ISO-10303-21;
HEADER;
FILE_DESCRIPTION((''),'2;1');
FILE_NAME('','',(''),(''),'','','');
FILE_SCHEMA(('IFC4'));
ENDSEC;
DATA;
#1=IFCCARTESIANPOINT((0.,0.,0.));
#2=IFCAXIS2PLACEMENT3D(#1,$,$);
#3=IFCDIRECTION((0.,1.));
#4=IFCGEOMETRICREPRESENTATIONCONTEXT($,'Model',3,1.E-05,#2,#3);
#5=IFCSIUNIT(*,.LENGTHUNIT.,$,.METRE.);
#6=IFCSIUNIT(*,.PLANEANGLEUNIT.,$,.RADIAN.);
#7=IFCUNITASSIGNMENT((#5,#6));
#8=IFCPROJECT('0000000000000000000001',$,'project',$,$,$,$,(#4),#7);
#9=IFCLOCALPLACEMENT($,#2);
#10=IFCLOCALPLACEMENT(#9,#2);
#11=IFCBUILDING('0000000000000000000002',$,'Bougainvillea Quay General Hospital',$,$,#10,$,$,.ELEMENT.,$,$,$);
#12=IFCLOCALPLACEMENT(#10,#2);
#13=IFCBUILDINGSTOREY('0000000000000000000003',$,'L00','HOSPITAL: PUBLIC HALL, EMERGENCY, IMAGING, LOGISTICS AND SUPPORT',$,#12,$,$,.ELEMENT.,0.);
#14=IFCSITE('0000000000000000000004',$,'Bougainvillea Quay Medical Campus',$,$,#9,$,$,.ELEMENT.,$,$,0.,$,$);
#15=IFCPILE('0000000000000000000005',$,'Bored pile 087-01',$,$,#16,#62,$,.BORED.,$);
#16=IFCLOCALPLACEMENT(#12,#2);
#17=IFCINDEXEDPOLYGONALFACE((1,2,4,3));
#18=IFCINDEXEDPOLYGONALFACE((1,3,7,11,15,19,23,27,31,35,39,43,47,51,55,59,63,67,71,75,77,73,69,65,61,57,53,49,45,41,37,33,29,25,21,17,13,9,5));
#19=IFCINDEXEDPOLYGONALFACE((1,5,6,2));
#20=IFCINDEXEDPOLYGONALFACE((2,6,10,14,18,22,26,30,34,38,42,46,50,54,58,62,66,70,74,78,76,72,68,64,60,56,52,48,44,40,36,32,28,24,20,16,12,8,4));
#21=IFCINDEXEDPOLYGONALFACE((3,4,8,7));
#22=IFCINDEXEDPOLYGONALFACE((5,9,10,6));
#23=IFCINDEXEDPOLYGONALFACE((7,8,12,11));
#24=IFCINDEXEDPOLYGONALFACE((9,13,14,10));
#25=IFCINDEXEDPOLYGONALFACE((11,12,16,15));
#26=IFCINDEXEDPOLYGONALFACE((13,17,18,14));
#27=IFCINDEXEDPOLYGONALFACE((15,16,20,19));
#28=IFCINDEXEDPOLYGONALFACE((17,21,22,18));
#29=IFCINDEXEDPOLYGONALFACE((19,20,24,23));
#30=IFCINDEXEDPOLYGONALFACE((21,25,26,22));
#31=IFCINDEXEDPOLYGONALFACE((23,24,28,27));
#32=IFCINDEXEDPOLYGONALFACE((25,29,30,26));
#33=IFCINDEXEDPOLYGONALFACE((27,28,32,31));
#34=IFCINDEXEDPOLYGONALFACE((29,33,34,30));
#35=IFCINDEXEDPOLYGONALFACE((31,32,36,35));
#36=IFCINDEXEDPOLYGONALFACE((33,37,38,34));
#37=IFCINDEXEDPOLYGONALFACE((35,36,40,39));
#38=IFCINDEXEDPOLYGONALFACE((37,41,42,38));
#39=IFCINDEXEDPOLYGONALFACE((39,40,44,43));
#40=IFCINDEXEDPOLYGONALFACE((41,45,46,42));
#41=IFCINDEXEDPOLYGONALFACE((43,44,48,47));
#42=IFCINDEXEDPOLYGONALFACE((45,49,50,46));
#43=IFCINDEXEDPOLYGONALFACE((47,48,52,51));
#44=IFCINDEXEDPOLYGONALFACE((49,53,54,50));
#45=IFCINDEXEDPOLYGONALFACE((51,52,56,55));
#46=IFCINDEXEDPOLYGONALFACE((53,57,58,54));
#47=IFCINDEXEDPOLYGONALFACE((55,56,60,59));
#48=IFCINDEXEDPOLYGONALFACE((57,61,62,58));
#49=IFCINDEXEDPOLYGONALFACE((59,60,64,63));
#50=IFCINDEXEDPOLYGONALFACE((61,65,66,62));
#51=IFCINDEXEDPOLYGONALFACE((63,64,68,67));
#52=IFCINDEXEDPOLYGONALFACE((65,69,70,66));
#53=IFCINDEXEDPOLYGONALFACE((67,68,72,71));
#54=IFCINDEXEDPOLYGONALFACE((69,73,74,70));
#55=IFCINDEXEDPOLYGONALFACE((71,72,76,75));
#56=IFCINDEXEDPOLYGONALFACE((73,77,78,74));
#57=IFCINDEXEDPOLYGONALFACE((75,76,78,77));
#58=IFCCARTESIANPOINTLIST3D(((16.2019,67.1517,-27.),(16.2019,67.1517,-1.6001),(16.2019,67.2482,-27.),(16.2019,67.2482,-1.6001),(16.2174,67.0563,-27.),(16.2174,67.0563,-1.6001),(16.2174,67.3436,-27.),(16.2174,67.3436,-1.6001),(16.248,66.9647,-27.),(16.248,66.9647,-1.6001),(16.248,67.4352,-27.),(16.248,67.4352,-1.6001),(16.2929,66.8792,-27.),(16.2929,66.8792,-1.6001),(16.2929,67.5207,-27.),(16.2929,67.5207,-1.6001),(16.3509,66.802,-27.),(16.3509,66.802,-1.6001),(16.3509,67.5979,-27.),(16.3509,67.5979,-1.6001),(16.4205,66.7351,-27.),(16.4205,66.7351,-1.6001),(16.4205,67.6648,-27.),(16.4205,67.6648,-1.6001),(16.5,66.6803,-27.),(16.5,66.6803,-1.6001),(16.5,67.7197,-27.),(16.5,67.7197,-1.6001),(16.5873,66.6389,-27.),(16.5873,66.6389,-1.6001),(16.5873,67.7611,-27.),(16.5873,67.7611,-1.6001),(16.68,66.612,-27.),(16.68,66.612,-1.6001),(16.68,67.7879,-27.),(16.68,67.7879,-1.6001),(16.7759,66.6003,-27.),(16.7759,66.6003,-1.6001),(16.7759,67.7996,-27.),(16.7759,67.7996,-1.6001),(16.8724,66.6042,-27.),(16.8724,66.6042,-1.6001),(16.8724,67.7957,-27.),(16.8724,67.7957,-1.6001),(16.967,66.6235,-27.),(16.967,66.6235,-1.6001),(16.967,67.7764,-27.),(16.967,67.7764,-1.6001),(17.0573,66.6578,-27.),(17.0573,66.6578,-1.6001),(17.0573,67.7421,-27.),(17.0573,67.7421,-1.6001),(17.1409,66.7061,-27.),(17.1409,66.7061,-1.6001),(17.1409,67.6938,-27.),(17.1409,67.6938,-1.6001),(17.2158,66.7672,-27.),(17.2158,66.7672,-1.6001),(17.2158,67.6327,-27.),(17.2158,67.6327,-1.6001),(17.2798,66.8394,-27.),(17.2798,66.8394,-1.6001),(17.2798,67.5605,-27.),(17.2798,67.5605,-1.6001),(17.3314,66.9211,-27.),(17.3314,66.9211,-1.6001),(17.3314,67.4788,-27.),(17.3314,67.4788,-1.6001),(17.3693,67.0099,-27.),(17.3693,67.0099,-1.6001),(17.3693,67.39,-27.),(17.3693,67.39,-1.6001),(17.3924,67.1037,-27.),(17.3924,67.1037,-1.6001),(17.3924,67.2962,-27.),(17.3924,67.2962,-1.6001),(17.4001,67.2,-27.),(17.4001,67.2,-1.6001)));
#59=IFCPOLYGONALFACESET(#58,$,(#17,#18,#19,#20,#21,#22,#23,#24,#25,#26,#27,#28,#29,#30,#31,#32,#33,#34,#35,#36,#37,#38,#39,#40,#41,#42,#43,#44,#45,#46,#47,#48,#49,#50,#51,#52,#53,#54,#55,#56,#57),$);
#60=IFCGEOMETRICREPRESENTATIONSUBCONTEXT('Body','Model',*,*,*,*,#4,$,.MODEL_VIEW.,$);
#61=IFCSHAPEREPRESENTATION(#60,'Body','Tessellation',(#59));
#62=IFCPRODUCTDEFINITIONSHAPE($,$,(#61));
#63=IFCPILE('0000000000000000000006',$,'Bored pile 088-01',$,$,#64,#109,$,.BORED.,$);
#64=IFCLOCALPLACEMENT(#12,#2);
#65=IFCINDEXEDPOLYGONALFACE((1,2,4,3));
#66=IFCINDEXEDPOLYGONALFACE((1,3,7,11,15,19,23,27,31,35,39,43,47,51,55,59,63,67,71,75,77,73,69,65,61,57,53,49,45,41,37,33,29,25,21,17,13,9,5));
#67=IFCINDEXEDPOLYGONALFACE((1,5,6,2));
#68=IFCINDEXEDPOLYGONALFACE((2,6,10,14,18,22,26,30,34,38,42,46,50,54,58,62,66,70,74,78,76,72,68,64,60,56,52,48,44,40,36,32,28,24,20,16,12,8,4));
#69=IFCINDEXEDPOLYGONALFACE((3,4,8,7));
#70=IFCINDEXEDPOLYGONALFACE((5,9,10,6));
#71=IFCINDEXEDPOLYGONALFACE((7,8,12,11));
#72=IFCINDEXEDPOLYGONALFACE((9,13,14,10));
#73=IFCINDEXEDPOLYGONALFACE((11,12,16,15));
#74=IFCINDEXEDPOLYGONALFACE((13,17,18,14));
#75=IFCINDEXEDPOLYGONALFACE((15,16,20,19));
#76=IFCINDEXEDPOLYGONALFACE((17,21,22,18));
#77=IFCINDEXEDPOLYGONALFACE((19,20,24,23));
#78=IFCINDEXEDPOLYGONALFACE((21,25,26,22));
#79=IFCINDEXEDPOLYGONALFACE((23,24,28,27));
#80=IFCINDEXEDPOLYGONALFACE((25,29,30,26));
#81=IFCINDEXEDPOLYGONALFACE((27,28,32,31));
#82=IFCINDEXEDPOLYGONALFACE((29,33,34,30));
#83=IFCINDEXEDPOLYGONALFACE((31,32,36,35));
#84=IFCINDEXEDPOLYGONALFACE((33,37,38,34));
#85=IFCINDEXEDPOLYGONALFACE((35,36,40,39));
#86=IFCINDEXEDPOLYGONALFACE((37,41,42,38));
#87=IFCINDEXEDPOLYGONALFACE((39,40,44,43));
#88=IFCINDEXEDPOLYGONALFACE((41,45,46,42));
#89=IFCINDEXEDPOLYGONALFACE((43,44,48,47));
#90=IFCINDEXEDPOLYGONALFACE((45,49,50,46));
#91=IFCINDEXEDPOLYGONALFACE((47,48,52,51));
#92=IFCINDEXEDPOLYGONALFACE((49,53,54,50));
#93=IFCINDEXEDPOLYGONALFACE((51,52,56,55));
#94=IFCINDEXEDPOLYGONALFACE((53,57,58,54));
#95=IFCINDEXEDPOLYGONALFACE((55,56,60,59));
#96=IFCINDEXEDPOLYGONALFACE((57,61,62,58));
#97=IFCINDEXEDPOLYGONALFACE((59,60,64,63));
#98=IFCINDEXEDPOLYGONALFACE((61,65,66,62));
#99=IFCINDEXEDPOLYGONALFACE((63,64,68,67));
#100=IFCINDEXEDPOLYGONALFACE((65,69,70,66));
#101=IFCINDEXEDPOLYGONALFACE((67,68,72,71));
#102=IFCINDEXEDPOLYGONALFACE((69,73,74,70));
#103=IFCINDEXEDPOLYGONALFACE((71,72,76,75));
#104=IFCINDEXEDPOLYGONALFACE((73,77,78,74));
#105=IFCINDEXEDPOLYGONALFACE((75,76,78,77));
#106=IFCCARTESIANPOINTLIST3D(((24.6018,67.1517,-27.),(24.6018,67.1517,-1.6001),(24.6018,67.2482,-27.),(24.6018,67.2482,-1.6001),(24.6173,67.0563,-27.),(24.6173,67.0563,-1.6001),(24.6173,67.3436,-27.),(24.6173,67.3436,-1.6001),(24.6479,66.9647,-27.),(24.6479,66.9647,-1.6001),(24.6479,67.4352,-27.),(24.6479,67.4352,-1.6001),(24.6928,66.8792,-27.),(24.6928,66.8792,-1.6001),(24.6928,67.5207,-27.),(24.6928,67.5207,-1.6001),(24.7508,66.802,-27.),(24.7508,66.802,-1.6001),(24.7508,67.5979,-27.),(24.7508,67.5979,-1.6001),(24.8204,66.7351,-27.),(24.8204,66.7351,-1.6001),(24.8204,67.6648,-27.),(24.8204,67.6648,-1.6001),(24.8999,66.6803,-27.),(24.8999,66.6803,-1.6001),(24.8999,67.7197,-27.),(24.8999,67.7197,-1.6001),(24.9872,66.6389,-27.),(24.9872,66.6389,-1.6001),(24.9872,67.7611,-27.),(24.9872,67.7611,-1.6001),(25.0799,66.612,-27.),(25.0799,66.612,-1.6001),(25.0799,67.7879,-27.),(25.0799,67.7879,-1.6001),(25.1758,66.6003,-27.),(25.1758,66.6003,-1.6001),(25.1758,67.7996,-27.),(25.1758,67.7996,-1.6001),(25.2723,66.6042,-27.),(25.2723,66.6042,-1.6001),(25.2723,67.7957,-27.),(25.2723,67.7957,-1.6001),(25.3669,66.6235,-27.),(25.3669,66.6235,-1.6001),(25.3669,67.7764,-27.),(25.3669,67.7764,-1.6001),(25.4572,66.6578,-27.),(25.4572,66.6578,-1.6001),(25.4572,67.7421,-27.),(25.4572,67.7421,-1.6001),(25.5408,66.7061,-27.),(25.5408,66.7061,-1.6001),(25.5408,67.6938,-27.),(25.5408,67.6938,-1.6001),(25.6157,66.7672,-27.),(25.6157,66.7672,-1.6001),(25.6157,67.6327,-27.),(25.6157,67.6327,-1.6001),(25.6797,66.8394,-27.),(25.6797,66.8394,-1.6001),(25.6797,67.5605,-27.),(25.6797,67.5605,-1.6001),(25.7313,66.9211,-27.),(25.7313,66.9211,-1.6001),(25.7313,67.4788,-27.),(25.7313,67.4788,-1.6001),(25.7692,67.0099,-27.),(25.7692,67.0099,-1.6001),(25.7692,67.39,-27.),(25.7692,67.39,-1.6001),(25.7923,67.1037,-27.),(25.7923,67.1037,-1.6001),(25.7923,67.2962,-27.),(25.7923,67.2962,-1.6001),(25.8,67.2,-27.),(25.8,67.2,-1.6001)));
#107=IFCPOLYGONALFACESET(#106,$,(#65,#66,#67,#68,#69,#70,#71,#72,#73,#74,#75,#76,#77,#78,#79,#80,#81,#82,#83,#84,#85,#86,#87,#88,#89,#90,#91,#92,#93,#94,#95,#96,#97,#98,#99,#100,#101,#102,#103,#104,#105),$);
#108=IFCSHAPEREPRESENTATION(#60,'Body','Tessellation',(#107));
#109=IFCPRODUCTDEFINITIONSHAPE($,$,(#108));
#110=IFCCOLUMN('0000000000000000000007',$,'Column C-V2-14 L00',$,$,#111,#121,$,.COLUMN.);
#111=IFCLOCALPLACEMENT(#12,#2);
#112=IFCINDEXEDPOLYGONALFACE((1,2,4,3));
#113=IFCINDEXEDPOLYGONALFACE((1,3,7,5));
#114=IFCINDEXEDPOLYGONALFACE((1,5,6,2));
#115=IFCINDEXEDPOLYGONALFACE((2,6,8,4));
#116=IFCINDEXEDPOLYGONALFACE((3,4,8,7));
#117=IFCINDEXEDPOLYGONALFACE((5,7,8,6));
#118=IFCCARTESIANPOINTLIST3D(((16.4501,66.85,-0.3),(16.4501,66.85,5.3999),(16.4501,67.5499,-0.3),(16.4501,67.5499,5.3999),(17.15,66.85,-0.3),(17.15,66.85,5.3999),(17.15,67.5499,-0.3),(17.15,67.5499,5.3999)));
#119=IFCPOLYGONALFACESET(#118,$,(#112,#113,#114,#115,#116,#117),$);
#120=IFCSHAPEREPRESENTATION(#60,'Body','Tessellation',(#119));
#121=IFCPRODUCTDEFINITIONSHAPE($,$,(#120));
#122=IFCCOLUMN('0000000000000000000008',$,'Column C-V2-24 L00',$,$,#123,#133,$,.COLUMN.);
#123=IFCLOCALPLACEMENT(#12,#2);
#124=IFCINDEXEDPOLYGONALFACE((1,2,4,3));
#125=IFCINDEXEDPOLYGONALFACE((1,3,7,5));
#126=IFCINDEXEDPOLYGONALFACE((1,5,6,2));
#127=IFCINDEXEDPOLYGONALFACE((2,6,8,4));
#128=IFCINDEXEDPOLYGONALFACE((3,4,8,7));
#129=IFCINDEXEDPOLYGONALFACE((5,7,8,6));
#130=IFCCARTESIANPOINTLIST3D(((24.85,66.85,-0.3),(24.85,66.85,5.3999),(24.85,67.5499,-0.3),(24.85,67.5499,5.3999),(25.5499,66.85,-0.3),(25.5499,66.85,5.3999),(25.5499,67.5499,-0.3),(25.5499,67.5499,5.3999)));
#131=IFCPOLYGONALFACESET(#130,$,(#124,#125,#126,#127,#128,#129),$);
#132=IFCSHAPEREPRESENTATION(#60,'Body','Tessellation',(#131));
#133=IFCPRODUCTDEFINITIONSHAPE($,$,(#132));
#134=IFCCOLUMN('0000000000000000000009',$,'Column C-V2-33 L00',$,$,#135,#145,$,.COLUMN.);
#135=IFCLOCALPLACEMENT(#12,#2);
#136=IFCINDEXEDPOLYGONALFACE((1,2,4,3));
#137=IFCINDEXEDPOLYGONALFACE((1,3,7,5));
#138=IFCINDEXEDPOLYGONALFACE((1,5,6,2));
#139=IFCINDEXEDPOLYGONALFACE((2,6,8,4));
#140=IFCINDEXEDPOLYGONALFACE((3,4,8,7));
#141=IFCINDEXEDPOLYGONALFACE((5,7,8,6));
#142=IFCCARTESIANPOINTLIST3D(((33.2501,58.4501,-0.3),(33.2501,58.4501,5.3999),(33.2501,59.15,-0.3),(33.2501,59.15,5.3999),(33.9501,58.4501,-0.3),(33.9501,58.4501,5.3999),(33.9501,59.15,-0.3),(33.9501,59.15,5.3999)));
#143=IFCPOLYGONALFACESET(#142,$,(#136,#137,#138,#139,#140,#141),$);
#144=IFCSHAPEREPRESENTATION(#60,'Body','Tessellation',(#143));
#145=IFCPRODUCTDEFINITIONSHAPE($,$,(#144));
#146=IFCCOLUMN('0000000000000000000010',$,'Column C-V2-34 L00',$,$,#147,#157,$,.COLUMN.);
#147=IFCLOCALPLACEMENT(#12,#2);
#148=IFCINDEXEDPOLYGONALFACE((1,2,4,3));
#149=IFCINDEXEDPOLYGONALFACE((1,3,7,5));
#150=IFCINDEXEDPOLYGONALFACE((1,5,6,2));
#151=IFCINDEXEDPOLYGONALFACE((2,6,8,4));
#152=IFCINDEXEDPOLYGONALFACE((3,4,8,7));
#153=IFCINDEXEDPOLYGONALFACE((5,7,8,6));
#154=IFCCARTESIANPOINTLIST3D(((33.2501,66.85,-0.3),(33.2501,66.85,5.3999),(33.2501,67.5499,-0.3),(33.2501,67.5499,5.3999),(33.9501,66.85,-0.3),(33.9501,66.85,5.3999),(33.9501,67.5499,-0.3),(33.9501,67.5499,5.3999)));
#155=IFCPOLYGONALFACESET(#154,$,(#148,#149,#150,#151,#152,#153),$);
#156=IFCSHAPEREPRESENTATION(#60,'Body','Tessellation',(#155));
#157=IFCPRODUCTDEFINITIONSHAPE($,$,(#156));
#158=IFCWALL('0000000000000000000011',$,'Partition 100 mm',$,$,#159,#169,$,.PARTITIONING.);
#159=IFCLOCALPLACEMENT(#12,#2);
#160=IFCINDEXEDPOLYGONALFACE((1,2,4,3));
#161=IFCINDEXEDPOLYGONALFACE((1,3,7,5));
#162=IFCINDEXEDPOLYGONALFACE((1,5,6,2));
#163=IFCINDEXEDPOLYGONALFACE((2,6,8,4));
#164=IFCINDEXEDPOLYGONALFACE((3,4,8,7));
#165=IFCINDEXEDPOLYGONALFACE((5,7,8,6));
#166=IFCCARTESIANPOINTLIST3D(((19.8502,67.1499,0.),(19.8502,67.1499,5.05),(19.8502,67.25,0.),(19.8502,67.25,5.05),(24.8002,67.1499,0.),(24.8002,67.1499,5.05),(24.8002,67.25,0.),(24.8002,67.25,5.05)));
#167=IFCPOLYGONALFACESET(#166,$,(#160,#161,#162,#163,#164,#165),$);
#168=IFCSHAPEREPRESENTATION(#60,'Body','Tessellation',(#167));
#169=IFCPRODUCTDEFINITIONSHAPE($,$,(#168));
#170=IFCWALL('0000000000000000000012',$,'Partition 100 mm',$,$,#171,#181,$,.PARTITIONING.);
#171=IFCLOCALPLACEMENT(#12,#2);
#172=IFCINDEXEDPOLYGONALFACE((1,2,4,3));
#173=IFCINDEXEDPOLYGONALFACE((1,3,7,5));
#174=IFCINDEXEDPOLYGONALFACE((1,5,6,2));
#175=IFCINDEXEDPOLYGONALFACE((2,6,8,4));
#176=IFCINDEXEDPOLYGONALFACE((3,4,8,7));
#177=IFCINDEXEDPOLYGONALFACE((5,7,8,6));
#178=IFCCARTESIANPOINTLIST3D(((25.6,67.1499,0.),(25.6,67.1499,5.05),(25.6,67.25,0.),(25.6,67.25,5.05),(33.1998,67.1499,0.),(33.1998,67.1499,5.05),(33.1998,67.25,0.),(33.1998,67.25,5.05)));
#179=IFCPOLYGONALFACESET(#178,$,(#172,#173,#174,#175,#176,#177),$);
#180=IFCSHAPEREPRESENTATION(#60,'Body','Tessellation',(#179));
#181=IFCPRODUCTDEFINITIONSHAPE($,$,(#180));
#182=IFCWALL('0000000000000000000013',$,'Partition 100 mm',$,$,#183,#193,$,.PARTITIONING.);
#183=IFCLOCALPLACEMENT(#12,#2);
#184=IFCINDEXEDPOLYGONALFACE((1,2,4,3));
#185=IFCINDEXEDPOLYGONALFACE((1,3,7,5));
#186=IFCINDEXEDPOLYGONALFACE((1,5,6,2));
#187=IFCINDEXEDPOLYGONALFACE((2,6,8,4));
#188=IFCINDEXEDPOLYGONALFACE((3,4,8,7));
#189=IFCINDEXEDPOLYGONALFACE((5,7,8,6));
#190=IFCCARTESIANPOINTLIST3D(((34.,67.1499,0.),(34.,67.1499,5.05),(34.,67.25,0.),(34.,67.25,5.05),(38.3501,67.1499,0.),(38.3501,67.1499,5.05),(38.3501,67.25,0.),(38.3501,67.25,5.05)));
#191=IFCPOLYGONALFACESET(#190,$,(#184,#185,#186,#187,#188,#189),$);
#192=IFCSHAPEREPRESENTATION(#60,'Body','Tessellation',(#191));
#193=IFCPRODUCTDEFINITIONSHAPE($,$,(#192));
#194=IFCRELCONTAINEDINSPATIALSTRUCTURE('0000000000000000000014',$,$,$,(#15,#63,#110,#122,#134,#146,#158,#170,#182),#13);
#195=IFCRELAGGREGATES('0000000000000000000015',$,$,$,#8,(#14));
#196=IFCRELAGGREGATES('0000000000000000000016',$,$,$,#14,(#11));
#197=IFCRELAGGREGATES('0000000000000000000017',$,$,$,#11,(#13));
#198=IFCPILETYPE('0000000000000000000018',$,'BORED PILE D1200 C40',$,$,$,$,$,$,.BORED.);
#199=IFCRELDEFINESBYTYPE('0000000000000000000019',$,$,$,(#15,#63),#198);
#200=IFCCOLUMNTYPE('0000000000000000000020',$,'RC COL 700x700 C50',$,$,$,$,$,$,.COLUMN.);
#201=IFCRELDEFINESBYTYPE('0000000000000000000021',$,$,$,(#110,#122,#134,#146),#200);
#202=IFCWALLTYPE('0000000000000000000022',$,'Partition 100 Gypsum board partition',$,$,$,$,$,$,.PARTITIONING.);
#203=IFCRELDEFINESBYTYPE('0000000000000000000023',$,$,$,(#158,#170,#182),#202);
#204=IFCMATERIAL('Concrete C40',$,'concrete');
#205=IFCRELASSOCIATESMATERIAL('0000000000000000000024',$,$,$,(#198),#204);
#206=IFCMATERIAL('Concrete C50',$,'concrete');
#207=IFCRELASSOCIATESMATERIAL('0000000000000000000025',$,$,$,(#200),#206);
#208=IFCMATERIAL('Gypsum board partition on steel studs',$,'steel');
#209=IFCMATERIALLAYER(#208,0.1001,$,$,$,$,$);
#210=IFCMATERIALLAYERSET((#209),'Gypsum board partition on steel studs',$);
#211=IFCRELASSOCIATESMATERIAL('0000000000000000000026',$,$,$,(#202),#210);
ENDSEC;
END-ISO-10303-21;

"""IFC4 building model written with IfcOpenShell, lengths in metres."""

from ifc_helpers import new_model, si_unit, direction, frame, frame_2d, origin, origin_2d, place, context, subcontext, project, spatial, rectangle, circle, extrude, material, layer, layer_set, material_profile, profile_set, type_object, element, save


model = new_model("IFC4")

# Units and contexts
model_context = context("Model", 3, precision=1e-05, world=origin(), true_north=direction((0.0, 1.0)))
body_context = subcontext(model_context, "Body", "Model", "MODEL_VIEW")
ifc_project = project(units=[si_unit("LENGTHUNIT", "METRE"), si_unit("PLANEANGLEUNIT", "RADIAN")], contexts=[model_context])

# Site, building, storey
site_placement = place(None, origin())
site = spatial("IfcSite", under=ifc_project, at=site_placement, Name="Bougainvillea Quay Medical Campus", CompositionType="ELEMENT", RefElevation=0.0)
building_placement = place(site_placement, origin())
building = spatial("IfcBuilding", under=site, at=building_placement, Name="Bougainvillea Quay General Hospital", CompositionType="ELEMENT")
storey_placement = place(building_placement, origin())
storey = spatial("IfcBuildingStorey", under=building, at=storey_placement, Name="L00", Description="HOSPITAL: PUBLIC HALL, EMERGENCY, IMAGING, LOGISTICS AND SUPPORT", CompositionType="ELEMENT", Elevation=0.0)

# Piles
ifc_material_1 = material(Name="Concrete C40", Category="concrete")
ifc_material_profile_1 = material_profile(ifc_material_1, circle(Radius=0.6001, at=origin_2d()))
ifc_profile_set_1 = profile_set([ifc_material_profile_1], Name="Concrete C40")
pile_type = type_object("IfcPileType", Name="BORED PILE D1200 C40", PredefinedType="BORED", material=ifc_profile_set_1)
for number, where, z_axis, x_axis, name in (
    (1, (16.8, 67.2, -1.6001), (0.0, 0.0, -1.0), (1.0, 0.0, 0.0), "Bored pile 087-01"),
    (2, (25.2, 67.2, -1.6001), (0.0, 0.0, -1.0), (1.0, 0.0, 0.0), "Bored pile 088-01"),
):
    element("IfcPile", number, at=place(storey_placement, frame(where, z_axis=z_axis, x_axis=x_axis)), inside=storey, type_object=pile_type, Name=name, PredefinedType="BORED", context=body_context, shape_type="SweptSolid", body=[
        extrude(circle(Radius=0.6001, at=origin_2d()), origin(), (0.0, 0.0, 1.0), 25.3999),
    ])

# Columns
ifc_material_2 = material(Name="Concrete C50", Category="concrete")
ifc_material_profile_2 = material_profile(ifc_material_2, rectangle(XDim=0.7, YDim=0.7, at=origin_2d()))
ifc_profile_set_2 = profile_set([ifc_material_profile_2], Name="Concrete C50")
column_type = type_object("IfcColumnType", Name="RC COL 700x700 C50", PredefinedType="COLUMN", material=ifc_profile_set_2)
for number, where, z_axis, x_axis, name in (
    (3, (16.8, 67.2, -0.3), (0.0, 0.0, 1.0), (1.0, 0.0, 0.0), "Column C-V2-14 L00"),
    (4, (25.2, 67.2, -0.3), (0.0, 0.0, 1.0), (1.0, 0.0, 0.0), "Column C-V2-24 L00"),
    (5, (33.6001, 58.8, -0.3), (0.0, 0.0, 1.0), (1.0, 0.0, 0.0), "Column C-V2-33 L00"),
    (6, (33.6001, 67.2, -0.3), (0.0, 0.0, 1.0), (1.0, 0.0, 0.0), "Column C-V2-34 L00"),
):
    element("IfcColumn", number, at=place(storey_placement, frame(where, z_axis=z_axis, x_axis=x_axis)), inside=storey, type_object=column_type, Name=name, PredefinedType="COLUMN", context=body_context, shape_type="SweptSolid", body=[
        extrude(rectangle(XDim=0.7, YDim=0.7, at=origin_2d()), origin(), (0.0, 0.0, 1.0), 5.7),
    ])

# Walls
ifc_material_3 = material(Name="Gypsum board partition on steel studs", Category="steel")
ifc_layer_1 = layer(ifc_material_3, 0.1001)
ifc_layer_set_1 = layer_set([ifc_layer_1], Name="Gypsum board partition on steel studs")
wall_type_1 = type_object("IfcWallType", Name="Partition 100 Gypsum board partition", PredefinedType="PARTITIONING", material=ifc_layer_set_1)
wall_1_placement = place(storey_placement, frame((19.8501, 67.2, 0.0), z_axis=(0.0, 0.0, 1.0), x_axis=(1.0, 0.0, 0.0)))
element("IfcWall", 7, at=wall_1_placement, inside=storey, type_object=wall_type_1, Name="Partition 100 mm", PredefinedType="PARTITIONING", context=body_context, shape_type="SweptSolid", body=[
    extrude(rectangle(XDim=4.95, YDim=0.1001, at=frame_2d((2.4751, 0.0))), origin(), (0.0, 0.0, 1.0), 5.05),
])
wall_2_placement = place(storey_placement, frame((25.6001, 67.2, 0.0), z_axis=(0.0, 0.0, 1.0), x_axis=(1.0, 0.0, 0.0)))
element("IfcWall", 8, at=wall_2_placement, inside=storey, type_object=wall_type_1, Name="Partition 100 mm", PredefinedType="PARTITIONING", context=body_context, shape_type="SweptSolid", body=[
    extrude(rectangle(XDim=7.5999, YDim=0.1001, at=frame_2d((3.7998, 0.0))), origin(), (0.0, 0.0, 1.0), 5.05),
])
wall_3_placement = place(storey_placement, frame((34.0, 67.2, 0.0), z_axis=(0.0, 0.0, 1.0), x_axis=(1.0, 0.0, 0.0)))
element("IfcWall", 9, at=wall_3_placement, inside=storey, type_object=wall_type_1, Name="Partition 100 mm", PredefinedType="PARTITIONING", context=body_context, shape_type="SweptSolid", body=[
    extrude(rectangle(XDim=4.3501, YDim=0.1001, at=frame_2d((2.175, 0.0))), origin(), (0.0, 0.0, 1.0), 5.05),
])

save(model, "model.ifc")
